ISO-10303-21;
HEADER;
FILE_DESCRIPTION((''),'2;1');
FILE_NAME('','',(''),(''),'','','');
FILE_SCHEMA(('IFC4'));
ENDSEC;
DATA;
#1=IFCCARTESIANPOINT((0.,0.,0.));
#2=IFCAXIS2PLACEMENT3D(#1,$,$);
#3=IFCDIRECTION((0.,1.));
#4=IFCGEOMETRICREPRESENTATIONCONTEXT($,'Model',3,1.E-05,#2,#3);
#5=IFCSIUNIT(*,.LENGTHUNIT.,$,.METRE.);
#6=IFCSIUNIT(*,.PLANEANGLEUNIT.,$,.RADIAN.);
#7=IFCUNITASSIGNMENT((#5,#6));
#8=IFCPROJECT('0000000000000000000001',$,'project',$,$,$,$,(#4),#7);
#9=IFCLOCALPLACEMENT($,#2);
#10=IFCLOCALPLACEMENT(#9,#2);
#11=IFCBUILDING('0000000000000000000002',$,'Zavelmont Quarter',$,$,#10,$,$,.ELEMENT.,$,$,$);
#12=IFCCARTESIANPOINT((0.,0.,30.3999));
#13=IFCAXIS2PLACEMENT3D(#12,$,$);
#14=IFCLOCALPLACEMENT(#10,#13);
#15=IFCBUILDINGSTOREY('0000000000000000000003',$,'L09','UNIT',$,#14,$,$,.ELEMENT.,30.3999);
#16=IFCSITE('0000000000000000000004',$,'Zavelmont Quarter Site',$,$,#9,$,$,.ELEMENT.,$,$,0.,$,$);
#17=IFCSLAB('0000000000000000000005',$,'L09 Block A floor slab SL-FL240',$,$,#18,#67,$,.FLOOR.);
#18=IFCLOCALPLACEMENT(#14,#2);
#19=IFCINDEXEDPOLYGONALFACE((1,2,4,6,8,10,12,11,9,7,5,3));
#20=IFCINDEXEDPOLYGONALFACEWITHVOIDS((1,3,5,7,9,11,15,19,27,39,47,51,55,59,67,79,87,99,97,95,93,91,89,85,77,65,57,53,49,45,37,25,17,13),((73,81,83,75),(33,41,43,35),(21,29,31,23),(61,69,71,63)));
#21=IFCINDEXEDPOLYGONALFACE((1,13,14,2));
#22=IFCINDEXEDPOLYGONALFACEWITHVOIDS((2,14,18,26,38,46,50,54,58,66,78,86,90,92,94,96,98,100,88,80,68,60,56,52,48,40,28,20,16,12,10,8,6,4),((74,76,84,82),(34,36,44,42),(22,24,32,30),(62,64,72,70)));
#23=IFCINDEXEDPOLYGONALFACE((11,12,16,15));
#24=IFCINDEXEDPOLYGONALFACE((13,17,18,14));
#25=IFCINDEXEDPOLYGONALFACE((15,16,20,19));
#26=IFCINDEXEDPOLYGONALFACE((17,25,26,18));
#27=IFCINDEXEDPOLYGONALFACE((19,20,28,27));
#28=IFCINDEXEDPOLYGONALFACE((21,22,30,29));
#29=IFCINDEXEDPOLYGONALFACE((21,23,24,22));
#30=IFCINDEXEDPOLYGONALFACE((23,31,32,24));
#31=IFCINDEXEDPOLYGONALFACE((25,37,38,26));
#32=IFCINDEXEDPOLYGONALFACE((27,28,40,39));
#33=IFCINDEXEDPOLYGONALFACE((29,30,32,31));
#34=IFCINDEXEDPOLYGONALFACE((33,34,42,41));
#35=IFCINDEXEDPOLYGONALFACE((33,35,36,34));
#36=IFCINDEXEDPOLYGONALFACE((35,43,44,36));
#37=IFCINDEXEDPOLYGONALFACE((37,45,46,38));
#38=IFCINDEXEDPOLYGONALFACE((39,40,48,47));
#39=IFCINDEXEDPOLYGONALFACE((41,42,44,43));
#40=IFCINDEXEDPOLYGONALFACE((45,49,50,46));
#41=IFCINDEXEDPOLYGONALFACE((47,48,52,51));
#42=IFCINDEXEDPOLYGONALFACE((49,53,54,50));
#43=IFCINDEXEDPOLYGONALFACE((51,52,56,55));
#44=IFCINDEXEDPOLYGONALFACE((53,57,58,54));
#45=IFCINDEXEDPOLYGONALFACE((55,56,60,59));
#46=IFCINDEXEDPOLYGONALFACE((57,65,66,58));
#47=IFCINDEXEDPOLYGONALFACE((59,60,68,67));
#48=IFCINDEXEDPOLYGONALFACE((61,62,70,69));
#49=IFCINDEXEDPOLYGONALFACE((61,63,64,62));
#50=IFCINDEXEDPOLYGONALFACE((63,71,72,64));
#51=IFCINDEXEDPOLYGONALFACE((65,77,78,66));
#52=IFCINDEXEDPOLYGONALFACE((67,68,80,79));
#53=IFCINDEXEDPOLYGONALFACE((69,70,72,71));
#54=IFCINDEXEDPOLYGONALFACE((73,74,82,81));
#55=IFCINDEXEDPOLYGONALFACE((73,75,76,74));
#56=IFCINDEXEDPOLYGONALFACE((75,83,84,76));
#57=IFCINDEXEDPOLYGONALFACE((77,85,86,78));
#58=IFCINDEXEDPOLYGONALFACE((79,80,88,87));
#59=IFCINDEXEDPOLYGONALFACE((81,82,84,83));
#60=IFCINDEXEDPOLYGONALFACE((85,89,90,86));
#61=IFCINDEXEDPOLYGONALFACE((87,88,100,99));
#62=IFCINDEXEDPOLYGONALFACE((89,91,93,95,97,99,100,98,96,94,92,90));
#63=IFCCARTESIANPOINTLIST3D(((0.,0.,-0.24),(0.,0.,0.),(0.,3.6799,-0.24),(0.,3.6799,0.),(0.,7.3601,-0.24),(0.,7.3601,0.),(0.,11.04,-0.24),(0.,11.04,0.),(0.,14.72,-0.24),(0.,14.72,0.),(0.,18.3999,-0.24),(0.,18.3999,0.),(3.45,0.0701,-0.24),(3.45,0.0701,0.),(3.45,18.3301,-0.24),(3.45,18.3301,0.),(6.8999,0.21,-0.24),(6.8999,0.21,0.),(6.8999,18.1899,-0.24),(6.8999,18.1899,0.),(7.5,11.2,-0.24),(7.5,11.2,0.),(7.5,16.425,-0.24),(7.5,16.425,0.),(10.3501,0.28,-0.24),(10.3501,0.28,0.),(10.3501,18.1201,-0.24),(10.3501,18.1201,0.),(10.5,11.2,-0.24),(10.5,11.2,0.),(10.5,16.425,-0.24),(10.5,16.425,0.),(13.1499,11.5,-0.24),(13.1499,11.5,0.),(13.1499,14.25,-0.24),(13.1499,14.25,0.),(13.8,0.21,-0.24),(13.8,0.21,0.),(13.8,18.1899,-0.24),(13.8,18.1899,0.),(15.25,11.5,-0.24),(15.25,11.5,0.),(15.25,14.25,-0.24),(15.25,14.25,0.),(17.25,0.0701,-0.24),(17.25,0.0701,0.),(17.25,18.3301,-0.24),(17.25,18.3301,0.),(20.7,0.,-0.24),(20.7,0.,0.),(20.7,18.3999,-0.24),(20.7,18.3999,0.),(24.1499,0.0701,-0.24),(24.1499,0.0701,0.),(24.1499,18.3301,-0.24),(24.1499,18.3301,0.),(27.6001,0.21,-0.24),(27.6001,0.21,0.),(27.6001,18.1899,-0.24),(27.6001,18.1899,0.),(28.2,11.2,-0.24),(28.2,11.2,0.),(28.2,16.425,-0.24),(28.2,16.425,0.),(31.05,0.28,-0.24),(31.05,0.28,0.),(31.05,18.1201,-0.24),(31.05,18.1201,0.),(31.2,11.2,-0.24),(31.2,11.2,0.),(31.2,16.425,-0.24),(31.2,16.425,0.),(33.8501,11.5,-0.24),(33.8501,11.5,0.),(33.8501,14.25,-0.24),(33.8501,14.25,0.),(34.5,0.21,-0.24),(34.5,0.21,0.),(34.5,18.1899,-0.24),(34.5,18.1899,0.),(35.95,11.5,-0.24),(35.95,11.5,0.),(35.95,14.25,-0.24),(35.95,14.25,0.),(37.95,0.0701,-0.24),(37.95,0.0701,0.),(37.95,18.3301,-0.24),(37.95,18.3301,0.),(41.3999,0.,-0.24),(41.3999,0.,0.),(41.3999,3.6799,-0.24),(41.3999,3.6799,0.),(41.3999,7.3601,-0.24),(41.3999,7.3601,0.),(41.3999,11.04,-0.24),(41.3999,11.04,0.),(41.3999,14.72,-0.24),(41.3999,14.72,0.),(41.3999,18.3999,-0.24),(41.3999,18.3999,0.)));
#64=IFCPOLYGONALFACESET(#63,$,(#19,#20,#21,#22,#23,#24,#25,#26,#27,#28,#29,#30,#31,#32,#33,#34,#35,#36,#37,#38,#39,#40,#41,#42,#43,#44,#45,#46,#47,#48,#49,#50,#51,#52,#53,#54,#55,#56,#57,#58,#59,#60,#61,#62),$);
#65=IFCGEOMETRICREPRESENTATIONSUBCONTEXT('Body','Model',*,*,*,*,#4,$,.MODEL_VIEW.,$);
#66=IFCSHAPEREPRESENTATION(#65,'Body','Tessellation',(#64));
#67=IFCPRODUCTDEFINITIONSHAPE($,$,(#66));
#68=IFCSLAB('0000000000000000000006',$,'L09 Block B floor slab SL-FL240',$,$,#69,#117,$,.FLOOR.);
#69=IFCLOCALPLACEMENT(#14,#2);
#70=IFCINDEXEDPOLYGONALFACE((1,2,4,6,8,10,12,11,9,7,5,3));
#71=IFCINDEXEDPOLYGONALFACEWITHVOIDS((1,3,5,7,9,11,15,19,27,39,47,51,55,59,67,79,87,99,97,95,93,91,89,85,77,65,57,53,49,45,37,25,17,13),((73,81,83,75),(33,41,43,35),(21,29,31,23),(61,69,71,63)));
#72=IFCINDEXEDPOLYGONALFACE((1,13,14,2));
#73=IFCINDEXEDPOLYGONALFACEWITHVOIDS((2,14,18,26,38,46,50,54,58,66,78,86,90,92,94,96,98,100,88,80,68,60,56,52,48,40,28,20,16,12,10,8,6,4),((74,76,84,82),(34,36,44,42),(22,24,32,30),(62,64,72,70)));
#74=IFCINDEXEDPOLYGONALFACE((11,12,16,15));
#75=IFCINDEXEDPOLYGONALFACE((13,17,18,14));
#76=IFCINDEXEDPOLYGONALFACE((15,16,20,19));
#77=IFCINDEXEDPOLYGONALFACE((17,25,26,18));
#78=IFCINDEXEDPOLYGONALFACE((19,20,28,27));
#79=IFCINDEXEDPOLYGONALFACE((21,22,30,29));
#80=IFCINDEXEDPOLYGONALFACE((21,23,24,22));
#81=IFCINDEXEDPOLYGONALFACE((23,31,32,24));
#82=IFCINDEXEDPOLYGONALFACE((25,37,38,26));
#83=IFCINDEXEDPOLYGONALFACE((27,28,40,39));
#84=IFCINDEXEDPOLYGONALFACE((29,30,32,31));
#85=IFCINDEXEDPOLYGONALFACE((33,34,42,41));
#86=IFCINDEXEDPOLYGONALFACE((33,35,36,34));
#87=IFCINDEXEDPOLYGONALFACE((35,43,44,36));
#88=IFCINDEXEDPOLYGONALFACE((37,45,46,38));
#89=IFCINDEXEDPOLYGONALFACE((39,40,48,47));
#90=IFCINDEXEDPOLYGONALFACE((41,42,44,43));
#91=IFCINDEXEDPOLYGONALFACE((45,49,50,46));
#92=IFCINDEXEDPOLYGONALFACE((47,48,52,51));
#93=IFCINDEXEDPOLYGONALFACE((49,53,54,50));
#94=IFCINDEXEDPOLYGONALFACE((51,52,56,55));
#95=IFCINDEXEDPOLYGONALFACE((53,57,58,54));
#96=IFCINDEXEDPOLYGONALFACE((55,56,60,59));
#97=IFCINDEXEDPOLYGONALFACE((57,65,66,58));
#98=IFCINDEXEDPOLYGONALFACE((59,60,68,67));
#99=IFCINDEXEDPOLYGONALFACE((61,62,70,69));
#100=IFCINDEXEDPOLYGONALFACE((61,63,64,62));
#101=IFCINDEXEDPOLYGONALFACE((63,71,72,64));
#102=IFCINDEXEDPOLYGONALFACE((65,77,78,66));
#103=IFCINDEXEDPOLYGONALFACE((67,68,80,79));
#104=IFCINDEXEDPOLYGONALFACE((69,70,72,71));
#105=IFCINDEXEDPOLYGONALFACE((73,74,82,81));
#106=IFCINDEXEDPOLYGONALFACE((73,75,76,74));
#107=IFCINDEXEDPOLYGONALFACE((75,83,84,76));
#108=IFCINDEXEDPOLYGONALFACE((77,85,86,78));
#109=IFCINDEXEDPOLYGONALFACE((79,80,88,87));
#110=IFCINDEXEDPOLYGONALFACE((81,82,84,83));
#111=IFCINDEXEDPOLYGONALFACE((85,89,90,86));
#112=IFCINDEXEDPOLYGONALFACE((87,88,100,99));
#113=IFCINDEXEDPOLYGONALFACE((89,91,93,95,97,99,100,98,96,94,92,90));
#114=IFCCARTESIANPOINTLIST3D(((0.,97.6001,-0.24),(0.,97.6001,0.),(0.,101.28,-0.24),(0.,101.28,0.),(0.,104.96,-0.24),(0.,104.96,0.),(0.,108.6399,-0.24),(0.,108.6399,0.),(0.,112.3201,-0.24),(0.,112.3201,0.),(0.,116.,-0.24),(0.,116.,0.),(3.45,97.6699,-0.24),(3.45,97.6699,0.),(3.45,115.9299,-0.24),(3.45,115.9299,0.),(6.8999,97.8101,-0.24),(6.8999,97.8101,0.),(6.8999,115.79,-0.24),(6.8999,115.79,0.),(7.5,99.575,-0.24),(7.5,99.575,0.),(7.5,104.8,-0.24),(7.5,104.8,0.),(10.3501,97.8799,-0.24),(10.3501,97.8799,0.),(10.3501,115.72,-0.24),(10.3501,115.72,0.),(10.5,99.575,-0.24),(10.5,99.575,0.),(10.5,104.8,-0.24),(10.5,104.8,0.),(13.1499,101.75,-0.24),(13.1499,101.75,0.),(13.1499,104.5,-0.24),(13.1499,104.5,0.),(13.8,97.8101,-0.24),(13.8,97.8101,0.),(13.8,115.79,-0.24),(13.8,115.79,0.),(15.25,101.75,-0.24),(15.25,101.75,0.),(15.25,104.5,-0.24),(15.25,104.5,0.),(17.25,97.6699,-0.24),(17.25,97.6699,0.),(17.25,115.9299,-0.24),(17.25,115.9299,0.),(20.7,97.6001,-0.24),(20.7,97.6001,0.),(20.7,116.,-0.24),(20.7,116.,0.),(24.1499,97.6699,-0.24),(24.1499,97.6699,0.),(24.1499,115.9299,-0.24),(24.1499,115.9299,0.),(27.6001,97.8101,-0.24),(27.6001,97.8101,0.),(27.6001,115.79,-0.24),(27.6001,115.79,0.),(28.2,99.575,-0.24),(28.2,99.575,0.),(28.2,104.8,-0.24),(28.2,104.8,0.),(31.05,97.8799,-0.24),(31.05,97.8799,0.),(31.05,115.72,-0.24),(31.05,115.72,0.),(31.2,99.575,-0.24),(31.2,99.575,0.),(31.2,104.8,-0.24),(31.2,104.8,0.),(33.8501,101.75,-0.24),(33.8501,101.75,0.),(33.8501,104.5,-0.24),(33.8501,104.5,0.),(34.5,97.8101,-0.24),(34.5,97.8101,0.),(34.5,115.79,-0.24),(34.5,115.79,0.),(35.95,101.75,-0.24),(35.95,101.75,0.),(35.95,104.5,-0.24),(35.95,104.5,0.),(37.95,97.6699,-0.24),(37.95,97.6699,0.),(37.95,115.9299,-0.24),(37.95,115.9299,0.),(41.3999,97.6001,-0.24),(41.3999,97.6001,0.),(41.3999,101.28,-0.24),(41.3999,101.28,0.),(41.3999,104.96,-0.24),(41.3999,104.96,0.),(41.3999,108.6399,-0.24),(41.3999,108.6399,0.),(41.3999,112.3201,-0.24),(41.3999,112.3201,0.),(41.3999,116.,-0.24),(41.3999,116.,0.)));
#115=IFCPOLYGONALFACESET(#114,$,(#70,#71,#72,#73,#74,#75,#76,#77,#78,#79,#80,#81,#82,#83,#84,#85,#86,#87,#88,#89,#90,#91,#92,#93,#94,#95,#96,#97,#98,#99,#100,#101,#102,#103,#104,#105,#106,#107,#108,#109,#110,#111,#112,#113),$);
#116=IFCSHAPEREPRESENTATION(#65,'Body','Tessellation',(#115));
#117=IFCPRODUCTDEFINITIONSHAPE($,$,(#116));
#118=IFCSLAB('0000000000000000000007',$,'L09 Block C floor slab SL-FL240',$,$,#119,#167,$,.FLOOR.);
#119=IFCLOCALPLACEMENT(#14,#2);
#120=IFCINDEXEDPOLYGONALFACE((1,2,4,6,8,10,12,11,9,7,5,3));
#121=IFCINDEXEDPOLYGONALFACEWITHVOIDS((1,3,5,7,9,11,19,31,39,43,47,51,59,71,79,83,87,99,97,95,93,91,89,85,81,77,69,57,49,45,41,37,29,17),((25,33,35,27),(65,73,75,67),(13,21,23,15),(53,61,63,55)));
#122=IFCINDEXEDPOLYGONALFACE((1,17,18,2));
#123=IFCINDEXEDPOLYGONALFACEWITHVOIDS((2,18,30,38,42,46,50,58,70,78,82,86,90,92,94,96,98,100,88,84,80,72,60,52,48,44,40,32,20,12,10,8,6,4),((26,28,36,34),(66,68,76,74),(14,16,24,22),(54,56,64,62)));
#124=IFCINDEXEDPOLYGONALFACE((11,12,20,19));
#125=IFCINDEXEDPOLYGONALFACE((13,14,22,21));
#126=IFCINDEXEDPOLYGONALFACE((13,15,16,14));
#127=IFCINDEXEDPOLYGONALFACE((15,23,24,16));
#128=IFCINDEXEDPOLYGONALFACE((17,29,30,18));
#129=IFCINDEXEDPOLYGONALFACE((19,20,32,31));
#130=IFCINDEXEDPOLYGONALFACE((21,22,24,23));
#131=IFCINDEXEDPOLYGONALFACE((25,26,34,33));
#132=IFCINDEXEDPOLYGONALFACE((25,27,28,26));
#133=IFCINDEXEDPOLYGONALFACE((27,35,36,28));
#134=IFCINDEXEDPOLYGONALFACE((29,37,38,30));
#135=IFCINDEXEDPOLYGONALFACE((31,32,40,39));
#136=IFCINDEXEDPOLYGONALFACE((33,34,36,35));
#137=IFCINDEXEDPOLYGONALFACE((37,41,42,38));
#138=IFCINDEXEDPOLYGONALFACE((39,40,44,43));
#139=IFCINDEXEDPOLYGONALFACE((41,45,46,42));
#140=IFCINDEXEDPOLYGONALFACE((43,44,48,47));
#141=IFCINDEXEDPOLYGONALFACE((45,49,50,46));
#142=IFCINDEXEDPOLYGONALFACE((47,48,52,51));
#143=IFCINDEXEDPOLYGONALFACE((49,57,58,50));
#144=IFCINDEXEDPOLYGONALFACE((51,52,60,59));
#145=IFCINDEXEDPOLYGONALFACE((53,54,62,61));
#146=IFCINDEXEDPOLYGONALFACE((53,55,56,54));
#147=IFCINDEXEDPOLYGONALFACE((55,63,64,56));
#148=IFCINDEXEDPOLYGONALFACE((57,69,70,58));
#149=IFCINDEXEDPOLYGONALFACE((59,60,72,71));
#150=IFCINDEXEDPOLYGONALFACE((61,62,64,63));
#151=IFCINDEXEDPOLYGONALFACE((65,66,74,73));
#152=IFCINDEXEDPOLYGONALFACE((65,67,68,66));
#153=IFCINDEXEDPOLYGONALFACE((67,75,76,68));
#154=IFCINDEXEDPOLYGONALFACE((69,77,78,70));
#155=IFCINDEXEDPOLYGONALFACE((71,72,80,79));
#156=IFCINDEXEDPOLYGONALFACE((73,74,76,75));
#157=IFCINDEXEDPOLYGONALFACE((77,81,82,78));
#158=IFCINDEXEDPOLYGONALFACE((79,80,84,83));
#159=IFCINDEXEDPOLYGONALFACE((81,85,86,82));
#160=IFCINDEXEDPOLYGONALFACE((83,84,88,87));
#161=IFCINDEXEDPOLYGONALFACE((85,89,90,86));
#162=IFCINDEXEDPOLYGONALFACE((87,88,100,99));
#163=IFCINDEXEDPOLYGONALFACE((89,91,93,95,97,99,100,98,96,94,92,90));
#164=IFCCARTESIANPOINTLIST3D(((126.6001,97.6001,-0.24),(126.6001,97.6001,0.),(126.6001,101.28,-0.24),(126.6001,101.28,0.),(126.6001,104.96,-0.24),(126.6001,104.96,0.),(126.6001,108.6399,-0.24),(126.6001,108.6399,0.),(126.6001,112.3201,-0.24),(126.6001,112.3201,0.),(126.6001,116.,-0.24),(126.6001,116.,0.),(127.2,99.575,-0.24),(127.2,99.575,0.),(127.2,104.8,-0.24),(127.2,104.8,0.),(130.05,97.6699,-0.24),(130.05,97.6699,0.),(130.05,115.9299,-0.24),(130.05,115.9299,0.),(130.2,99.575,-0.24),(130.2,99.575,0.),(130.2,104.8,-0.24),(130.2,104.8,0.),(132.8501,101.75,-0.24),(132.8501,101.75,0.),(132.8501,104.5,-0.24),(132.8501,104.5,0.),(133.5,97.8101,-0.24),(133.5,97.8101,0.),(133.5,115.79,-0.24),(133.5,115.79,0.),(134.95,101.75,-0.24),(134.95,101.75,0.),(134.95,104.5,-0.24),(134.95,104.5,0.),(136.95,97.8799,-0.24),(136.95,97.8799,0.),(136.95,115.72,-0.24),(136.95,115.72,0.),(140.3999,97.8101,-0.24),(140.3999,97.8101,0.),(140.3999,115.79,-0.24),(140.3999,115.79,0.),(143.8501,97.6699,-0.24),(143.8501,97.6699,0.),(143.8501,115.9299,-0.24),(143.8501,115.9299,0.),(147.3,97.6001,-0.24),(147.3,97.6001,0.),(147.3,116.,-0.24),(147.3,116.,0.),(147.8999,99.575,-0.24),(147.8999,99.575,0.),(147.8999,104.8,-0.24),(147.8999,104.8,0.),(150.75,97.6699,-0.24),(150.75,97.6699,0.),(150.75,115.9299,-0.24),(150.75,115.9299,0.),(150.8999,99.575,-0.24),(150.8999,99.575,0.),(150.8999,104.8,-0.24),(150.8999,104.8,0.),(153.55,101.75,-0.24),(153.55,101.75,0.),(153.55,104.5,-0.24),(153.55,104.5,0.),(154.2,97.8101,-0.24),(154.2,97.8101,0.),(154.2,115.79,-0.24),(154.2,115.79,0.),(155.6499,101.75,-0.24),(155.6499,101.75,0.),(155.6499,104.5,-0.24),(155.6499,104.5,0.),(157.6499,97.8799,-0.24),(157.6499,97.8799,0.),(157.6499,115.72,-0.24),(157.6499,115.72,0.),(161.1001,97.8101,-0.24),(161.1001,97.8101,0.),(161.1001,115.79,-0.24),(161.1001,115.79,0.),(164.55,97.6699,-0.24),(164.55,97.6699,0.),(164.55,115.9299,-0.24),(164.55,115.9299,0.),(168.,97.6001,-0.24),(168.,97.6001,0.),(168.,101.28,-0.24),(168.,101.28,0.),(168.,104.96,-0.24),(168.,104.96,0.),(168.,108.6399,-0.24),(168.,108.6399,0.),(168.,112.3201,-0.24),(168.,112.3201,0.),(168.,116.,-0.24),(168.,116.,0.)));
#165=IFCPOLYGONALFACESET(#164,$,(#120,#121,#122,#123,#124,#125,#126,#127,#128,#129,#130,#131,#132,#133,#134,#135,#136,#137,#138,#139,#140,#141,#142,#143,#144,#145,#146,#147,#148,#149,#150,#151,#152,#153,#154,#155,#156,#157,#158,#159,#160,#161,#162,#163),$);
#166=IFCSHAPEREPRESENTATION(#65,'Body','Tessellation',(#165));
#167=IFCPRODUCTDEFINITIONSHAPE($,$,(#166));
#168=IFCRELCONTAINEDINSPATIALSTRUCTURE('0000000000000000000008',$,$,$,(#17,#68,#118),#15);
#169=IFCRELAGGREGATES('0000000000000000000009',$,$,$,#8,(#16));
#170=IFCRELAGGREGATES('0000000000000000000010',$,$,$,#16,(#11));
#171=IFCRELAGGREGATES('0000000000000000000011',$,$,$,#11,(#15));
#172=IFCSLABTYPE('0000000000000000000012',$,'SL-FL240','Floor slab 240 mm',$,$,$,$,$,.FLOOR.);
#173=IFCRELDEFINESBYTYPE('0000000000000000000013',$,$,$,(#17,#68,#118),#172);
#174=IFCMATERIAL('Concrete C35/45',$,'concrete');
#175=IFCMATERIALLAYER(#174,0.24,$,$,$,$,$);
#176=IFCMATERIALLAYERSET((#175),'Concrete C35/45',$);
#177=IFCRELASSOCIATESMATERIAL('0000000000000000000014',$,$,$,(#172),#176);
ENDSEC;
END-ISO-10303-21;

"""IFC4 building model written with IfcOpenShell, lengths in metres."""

from ifc_helpers import new_model, si_unit, direction, frame, origin, place, context, subcontext, project, spatial, polyline, outline, extrude, material, layer, layer_set, type_object, element, save


model = new_model("IFC4")

# Units and contexts
model_context = context("Model", 3, precision=1e-05, world=origin(), true_north=direction((0.0, 1.0)))
body_context = subcontext(model_context, "Body", "Model", "MODEL_VIEW")
ifc_project = project(units=[si_unit("LENGTHUNIT", "METRE"), si_unit("PLANEANGLEUNIT", "RADIAN")], contexts=[model_context])

# Site, building, storey
site_placement = place(None, origin())
site = spatial("IfcSite", under=ifc_project, at=site_placement, Name="Zavelmont Quarter Site", CompositionType="ELEMENT", RefElevation=0.0)
building_placement = place(site_placement, origin())
building = spatial("IfcBuilding", under=site, at=building_placement, Name="Zavelmont Quarter", CompositionType="ELEMENT")
storey_placement = place(building_placement, frame((0.0, 0.0, 30.3999)))
storey = spatial("IfcBuildingStorey", under=building, at=storey_placement, Name="L09", Description="UNIT", CompositionType="ELEMENT", Elevation=30.3999)

# Shared definitions
ifc_material_1 = material(Name="Concrete C35/45", Category="concrete")

# Slabs
ifc_layer_1 = layer(ifc_material_1, 0.24)
ifc_layer_set_1 = layer_set([ifc_layer_1], Name="Concrete C35/45")
slab_type_1 = type_object("IfcSlabType", Name="SL-FL240", Description="Floor slab 240 mm", PredefinedType="FLOOR", material=ifc_layer_set_1)
slab_1_placement = place(storey_placement, frame((0.0, 0.0, -0.24)))
element("IfcSlab", 1, at=slab_1_placement, inside=storey, type_object=slab_type_1, Name="L09 Block A floor slab SL-FL240", PredefinedType="FLOOR", context=body_context, shape_type="SweptSolid", body=[
    extrude(outline(polyline([(0.0, 0.0), (3.45, 0.0701), (6.8999, 0.21), (10.3501, 0.28), (13.8, 0.21), (17.25, 0.0701), (20.7, 0.0), (24.1499, 0.0701), (27.6001, 0.21), (31.05, 0.28), (34.5, 0.21), (37.95, 0.0701), (41.3999, 0.0), (41.3999, 3.6799), (41.3999, 7.3601), (41.3999, 11.04), (41.3999, 14.72), (41.3999, 18.3999), (37.95, 18.3301), (34.5, 18.1899), (31.05, 18.1201), (27.6001, 18.1899), (24.1499, 18.3301), (20.7, 18.3999), (17.25, 18.3301), (13.8, 18.1899), (10.3501, 18.1201), (6.8999, 18.1899), (3.45, 18.3301), (0.0, 18.3999), (0.0, 14.72), (0.0, 11.04), (0.0, 7.3601), (0.0, 3.6799), (0.0, 0.0)]), holes=[polyline([(7.5, 16.425), (7.5, 11.2), (10.5, 11.2), (10.5, 16.425), (7.5, 16.425)]), polyline([(13.1499, 11.5), (15.25, 11.5), (15.25, 14.25), (13.1499, 14.25), (13.1499, 11.5)]), polyline([(28.2, 16.425), (28.2, 11.2), (31.2, 11.2), (31.2, 16.425), (28.2, 16.425)]), polyline([(33.8501, 11.5), (35.95, 11.5), (35.95, 14.25), (33.8501, 14.25), (33.8501, 11.5)])]), origin(), (0.0, 0.0, 1.0), 0.24),
])
slab_2_placement = place(storey_placement, frame((0.0, 0.0, -0.24)))
element("IfcSlab", 2, at=slab_2_placement, inside=storey, type_object=slab_type_1, Name="L09 Block B floor slab SL-FL240", PredefinedType="FLOOR", context=body_context, shape_type="SweptSolid", body=[
    extrude(outline(polyline([(0.0, 97.6001), (3.45, 97.6699), (6.8999, 97.8101), (10.3501, 97.8799), (13.8, 97.8101), (17.25, 97.6699), (20.7, 97.6001), (24.1499, 97.6699), (27.6001, 97.8101), (31.05, 97.8799), (34.5, 97.8101), (37.95, 97.6699), (41.3999, 97.6001), (41.3999, 101.28), (41.3999, 104.96), (41.3999, 108.6399), (41.3999, 112.3201), (41.3999, 116.0), (37.95, 115.9299), (34.5, 115.79), (31.05, 115.72), (27.6001, 115.79), (24.1499, 115.9299), (20.7, 116.0), (17.25, 115.9299), (13.8, 115.79), (10.3501, 115.72), (6.8999, 115.79), (3.45, 115.9299), (0.0, 116.0), (0.0, 112.3201), (0.0, 108.6399), (0.0, 104.96), (0.0, 101.28), (0.0, 97.6001)]), holes=[polyline([(10.5, 99.575), (10.5, 104.8), (7.5, 104.8), (7.5, 99.575), (10.5, 99.575)]), polyline([(13.1499, 101.75), (15.25, 101.75), (15.25, 104.5), (13.1499, 104.5), (13.1499, 101.75)]), polyline([(31.2, 99.575), (31.2, 104.8), (28.2, 104.8), (28.2, 99.575), (31.2, 99.575)]), polyline([(33.8501, 101.75), (35.95, 101.75), (35.95, 104.5), (33.8501, 104.5), (33.8501, 101.75)])]), origin(), (0.0, 0.0, 1.0), 0.24),
])
slab_3_placement = place(storey_placement, frame((0.0, 0.0, -0.24)))
element("IfcSlab", 3, at=slab_3_placement, inside=storey, type_object=slab_type_1, Name="L09 Block C floor slab SL-FL240", PredefinedType="FLOOR", context=body_context, shape_type="SweptSolid", body=[
    extrude(outline(polyline([(126.6001, 97.6001), (130.05, 97.6699), (133.5, 97.8101), (136.95, 97.8799), (140.3999, 97.8101), (143.8501, 97.6699), (147.3, 97.6001), (150.75, 97.6699), (154.2, 97.8101), (157.6499, 97.8799), (161.1001, 97.8101), (164.55, 97.6699), (168.0, 97.6001), (168.0, 101.28), (168.0, 104.96), (168.0, 108.6399), (168.0, 112.3201), (168.0, 116.0), (164.55, 115.9299), (161.1001, 115.79), (157.6499, 115.72), (154.2, 115.79), (150.75, 115.9299), (147.3, 116.0), (143.8501, 115.9299), (140.3999, 115.79), (136.95, 115.72), (133.5, 115.79), (130.05, 115.9299), (126.6001, 116.0), (126.6001, 112.3201), (126.6001, 108.6399), (126.6001, 104.96), (126.6001, 101.28), (126.6001, 97.6001)]), holes=[polyline([(130.2, 99.575), (130.2, 104.8), (127.2, 104.8), (127.2, 99.575), (130.2, 99.575)]), polyline([(132.8501, 101.75), (134.95, 101.75), (134.95, 104.5), (132.8501, 104.5), (132.8501, 101.75)]), polyline([(150.8999, 99.575), (150.8999, 104.8), (147.8999, 104.8), (147.8999, 99.575), (150.8999, 99.575)]), polyline([(153.55, 101.75), (155.6499, 101.75), (155.6499, 104.5), (153.55, 104.5), (153.55, 101.75)])]), origin(), (0.0, 0.0, 1.0), 0.24),
])

save(model, "model.ifc")
